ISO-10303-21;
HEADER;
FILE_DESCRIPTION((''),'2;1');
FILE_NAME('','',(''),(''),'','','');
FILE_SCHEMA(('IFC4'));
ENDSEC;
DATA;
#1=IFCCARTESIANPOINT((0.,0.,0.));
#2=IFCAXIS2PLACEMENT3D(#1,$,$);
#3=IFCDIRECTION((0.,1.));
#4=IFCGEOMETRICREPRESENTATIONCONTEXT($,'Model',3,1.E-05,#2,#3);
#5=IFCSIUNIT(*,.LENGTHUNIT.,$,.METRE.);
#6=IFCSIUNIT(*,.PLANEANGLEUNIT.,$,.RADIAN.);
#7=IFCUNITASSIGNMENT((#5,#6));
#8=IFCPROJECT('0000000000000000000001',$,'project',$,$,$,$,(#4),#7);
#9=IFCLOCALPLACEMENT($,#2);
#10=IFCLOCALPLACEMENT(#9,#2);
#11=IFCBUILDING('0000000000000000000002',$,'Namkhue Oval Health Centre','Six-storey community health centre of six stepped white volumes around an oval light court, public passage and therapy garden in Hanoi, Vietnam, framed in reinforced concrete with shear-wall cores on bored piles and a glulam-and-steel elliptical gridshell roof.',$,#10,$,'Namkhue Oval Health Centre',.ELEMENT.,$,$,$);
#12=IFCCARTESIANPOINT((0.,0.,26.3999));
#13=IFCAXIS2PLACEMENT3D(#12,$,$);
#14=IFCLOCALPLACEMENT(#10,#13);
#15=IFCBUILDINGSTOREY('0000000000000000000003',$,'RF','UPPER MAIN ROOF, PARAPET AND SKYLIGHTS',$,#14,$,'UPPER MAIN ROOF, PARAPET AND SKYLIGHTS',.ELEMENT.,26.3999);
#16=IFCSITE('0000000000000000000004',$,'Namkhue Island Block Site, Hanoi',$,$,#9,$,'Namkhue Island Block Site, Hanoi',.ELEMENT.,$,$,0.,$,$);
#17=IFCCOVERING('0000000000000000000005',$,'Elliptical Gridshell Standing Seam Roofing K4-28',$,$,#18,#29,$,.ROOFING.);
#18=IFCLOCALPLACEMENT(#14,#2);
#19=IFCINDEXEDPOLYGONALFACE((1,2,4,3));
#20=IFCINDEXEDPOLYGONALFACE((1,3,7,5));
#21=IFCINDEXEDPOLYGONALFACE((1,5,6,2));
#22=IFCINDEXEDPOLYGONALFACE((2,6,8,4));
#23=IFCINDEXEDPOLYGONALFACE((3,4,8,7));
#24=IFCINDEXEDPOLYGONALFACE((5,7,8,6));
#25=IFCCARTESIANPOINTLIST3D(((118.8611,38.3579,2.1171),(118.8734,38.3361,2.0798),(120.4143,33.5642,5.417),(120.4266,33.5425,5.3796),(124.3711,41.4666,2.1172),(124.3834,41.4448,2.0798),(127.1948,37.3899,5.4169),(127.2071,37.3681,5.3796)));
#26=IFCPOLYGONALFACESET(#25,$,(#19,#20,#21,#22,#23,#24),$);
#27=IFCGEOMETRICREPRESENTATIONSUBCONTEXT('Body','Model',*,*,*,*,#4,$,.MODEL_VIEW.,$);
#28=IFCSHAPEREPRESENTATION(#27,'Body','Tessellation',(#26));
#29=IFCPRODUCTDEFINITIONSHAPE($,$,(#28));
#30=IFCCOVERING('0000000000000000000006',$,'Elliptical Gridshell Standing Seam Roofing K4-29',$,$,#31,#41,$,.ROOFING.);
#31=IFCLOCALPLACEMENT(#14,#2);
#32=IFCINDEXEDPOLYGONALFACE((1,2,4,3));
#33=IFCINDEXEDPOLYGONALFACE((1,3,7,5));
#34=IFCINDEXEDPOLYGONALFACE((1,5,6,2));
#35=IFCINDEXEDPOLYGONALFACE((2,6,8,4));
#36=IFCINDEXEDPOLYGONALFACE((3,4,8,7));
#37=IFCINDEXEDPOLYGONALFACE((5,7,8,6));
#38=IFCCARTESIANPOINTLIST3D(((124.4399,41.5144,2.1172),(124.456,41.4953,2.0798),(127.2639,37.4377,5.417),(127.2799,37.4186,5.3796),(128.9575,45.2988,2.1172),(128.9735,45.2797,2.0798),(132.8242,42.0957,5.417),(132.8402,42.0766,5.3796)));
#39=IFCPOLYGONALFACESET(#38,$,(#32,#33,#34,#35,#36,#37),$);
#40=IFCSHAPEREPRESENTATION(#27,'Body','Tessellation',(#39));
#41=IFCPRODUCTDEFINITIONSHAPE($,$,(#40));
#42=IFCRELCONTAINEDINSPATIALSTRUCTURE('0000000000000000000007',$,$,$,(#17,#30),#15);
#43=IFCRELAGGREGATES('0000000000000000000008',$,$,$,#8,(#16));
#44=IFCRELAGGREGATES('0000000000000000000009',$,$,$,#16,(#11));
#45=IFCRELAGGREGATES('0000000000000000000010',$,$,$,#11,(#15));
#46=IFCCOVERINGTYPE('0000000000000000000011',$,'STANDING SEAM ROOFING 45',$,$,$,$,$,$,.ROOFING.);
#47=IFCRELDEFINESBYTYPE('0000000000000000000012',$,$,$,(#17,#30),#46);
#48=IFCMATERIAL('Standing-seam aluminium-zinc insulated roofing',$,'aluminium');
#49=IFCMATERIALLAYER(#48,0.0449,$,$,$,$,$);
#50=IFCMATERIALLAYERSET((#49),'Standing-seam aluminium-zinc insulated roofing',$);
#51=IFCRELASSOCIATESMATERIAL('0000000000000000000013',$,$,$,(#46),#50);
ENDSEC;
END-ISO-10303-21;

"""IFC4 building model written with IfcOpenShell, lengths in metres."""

from ifc_helpers import new_model, si_unit, direction, frame, origin, place, context, subcontext, project, spatial, polyline, outline, extrude, material, layer, layer_set, type_object, element, save


model = new_model("IFC4")

# Units and contexts
model_context = context("Model", 3, precision=1e-05, world=origin(), true_north=direction((0.0, 1.0)))
body_context = subcontext(model_context, "Body", "Model", "MODEL_VIEW")
ifc_project = project(units=[si_unit("LENGTHUNIT", "METRE"), si_unit("PLANEANGLEUNIT", "RADIAN")], contexts=[model_context])

# Site, building, storey
site_placement = place(None, origin())
site = spatial("IfcSite", under=ifc_project, at=site_placement, Name="Namkhue Island Block Site, Hanoi", LongName="Namkhue Island Block Site, Hanoi", CompositionType="ELEMENT", RefElevation=0.0)
building_placement = place(site_placement, origin())
building = spatial("IfcBuilding", under=site, at=building_placement, Name="Namkhue Oval Health Centre", Description="Six-storey community health centre of six stepped white volumes around an oval light court, public passage and therapy garden in Hanoi, Vietnam, framed in reinforced concrete with shear-wall cores on bored piles and a glulam-and-steel elliptical gridshell roof.", LongName="Namkhue Oval Health Centre", CompositionType="ELEMENT")
storey_placement = place(building_placement, frame((0.0, 0.0, 26.3999)))
storey = spatial("IfcBuildingStorey", under=building, at=storey_placement, Name="RF", Description="UPPER MAIN ROOF, PARAPET AND SKYLIGHTS", LongName="UPPER MAIN ROOF, PARAPET AND SKYLIGHTS", CompositionType="ELEMENT", Elevation=26.3999)

# Coverings
ifc_material_1 = material(Name="Standing-seam aluminium-zinc insulated roofing", Category="aluminium")
ifc_layer_1 = layer(ifc_material_1, 0.0449)
ifc_layer_set_1 = layer_set([ifc_layer_1], Name="Standing-seam aluminium-zinc insulated roofing")
covering_type_1 = type_object("IfcCoveringType", Name="STANDING SEAM ROOFING 45", PredefinedType="ROOFING", material=ifc_layer_set_1)
covering_1_placement = place(storey_placement, frame((120.4143, 33.5642, 5.417), z_axis=(-0.273012, 0.483892, 0.831452), x_axis=(0.870938, 0.491394, -0.000006)))
element("IfcCovering", 1, at=covering_1_placement, inside=storey, type_object=covering_type_1, Name="Elliptical Gridshell Standing Seam Roofing K4-28", PredefinedType="ROOFING", context=body_context, shape_type="SweptSolid", body=[
    extrude(outline(polyline([(0.0, 0.0), (7.7853, 0.0), (7.3293, 5.9391), (1.0029, 5.9393), (0.0, 0.0)])), origin(), (0.0, 0.0, -1.0), 0.0449),
])
covering_2_placement = place(storey_placement, frame((127.2639, 37.4377, 5.417), z_axis=(-0.356769, 0.425884, 0.831468), x_axis=(0.766566, 0.642165, -0.000001)))
element("IfcCovering", 2, at=covering_2_placement, inside=storey, type_object=covering_type_1, Name="Elliptical Gridshell Standing Seam Roofing K4-29", PredefinedType="ROOFING", context=body_context, shape_type="SweptSolid", body=[
    extrude(outline(polyline([(0.0, 0.0), (7.2535, 0.0), (6.3464, 5.9395), (0.4531, 5.9395), (0.0, 0.0)])), origin(), (0.0, 0.0, -1.0), 0.0449),
])

save(model, "model.ifc")
